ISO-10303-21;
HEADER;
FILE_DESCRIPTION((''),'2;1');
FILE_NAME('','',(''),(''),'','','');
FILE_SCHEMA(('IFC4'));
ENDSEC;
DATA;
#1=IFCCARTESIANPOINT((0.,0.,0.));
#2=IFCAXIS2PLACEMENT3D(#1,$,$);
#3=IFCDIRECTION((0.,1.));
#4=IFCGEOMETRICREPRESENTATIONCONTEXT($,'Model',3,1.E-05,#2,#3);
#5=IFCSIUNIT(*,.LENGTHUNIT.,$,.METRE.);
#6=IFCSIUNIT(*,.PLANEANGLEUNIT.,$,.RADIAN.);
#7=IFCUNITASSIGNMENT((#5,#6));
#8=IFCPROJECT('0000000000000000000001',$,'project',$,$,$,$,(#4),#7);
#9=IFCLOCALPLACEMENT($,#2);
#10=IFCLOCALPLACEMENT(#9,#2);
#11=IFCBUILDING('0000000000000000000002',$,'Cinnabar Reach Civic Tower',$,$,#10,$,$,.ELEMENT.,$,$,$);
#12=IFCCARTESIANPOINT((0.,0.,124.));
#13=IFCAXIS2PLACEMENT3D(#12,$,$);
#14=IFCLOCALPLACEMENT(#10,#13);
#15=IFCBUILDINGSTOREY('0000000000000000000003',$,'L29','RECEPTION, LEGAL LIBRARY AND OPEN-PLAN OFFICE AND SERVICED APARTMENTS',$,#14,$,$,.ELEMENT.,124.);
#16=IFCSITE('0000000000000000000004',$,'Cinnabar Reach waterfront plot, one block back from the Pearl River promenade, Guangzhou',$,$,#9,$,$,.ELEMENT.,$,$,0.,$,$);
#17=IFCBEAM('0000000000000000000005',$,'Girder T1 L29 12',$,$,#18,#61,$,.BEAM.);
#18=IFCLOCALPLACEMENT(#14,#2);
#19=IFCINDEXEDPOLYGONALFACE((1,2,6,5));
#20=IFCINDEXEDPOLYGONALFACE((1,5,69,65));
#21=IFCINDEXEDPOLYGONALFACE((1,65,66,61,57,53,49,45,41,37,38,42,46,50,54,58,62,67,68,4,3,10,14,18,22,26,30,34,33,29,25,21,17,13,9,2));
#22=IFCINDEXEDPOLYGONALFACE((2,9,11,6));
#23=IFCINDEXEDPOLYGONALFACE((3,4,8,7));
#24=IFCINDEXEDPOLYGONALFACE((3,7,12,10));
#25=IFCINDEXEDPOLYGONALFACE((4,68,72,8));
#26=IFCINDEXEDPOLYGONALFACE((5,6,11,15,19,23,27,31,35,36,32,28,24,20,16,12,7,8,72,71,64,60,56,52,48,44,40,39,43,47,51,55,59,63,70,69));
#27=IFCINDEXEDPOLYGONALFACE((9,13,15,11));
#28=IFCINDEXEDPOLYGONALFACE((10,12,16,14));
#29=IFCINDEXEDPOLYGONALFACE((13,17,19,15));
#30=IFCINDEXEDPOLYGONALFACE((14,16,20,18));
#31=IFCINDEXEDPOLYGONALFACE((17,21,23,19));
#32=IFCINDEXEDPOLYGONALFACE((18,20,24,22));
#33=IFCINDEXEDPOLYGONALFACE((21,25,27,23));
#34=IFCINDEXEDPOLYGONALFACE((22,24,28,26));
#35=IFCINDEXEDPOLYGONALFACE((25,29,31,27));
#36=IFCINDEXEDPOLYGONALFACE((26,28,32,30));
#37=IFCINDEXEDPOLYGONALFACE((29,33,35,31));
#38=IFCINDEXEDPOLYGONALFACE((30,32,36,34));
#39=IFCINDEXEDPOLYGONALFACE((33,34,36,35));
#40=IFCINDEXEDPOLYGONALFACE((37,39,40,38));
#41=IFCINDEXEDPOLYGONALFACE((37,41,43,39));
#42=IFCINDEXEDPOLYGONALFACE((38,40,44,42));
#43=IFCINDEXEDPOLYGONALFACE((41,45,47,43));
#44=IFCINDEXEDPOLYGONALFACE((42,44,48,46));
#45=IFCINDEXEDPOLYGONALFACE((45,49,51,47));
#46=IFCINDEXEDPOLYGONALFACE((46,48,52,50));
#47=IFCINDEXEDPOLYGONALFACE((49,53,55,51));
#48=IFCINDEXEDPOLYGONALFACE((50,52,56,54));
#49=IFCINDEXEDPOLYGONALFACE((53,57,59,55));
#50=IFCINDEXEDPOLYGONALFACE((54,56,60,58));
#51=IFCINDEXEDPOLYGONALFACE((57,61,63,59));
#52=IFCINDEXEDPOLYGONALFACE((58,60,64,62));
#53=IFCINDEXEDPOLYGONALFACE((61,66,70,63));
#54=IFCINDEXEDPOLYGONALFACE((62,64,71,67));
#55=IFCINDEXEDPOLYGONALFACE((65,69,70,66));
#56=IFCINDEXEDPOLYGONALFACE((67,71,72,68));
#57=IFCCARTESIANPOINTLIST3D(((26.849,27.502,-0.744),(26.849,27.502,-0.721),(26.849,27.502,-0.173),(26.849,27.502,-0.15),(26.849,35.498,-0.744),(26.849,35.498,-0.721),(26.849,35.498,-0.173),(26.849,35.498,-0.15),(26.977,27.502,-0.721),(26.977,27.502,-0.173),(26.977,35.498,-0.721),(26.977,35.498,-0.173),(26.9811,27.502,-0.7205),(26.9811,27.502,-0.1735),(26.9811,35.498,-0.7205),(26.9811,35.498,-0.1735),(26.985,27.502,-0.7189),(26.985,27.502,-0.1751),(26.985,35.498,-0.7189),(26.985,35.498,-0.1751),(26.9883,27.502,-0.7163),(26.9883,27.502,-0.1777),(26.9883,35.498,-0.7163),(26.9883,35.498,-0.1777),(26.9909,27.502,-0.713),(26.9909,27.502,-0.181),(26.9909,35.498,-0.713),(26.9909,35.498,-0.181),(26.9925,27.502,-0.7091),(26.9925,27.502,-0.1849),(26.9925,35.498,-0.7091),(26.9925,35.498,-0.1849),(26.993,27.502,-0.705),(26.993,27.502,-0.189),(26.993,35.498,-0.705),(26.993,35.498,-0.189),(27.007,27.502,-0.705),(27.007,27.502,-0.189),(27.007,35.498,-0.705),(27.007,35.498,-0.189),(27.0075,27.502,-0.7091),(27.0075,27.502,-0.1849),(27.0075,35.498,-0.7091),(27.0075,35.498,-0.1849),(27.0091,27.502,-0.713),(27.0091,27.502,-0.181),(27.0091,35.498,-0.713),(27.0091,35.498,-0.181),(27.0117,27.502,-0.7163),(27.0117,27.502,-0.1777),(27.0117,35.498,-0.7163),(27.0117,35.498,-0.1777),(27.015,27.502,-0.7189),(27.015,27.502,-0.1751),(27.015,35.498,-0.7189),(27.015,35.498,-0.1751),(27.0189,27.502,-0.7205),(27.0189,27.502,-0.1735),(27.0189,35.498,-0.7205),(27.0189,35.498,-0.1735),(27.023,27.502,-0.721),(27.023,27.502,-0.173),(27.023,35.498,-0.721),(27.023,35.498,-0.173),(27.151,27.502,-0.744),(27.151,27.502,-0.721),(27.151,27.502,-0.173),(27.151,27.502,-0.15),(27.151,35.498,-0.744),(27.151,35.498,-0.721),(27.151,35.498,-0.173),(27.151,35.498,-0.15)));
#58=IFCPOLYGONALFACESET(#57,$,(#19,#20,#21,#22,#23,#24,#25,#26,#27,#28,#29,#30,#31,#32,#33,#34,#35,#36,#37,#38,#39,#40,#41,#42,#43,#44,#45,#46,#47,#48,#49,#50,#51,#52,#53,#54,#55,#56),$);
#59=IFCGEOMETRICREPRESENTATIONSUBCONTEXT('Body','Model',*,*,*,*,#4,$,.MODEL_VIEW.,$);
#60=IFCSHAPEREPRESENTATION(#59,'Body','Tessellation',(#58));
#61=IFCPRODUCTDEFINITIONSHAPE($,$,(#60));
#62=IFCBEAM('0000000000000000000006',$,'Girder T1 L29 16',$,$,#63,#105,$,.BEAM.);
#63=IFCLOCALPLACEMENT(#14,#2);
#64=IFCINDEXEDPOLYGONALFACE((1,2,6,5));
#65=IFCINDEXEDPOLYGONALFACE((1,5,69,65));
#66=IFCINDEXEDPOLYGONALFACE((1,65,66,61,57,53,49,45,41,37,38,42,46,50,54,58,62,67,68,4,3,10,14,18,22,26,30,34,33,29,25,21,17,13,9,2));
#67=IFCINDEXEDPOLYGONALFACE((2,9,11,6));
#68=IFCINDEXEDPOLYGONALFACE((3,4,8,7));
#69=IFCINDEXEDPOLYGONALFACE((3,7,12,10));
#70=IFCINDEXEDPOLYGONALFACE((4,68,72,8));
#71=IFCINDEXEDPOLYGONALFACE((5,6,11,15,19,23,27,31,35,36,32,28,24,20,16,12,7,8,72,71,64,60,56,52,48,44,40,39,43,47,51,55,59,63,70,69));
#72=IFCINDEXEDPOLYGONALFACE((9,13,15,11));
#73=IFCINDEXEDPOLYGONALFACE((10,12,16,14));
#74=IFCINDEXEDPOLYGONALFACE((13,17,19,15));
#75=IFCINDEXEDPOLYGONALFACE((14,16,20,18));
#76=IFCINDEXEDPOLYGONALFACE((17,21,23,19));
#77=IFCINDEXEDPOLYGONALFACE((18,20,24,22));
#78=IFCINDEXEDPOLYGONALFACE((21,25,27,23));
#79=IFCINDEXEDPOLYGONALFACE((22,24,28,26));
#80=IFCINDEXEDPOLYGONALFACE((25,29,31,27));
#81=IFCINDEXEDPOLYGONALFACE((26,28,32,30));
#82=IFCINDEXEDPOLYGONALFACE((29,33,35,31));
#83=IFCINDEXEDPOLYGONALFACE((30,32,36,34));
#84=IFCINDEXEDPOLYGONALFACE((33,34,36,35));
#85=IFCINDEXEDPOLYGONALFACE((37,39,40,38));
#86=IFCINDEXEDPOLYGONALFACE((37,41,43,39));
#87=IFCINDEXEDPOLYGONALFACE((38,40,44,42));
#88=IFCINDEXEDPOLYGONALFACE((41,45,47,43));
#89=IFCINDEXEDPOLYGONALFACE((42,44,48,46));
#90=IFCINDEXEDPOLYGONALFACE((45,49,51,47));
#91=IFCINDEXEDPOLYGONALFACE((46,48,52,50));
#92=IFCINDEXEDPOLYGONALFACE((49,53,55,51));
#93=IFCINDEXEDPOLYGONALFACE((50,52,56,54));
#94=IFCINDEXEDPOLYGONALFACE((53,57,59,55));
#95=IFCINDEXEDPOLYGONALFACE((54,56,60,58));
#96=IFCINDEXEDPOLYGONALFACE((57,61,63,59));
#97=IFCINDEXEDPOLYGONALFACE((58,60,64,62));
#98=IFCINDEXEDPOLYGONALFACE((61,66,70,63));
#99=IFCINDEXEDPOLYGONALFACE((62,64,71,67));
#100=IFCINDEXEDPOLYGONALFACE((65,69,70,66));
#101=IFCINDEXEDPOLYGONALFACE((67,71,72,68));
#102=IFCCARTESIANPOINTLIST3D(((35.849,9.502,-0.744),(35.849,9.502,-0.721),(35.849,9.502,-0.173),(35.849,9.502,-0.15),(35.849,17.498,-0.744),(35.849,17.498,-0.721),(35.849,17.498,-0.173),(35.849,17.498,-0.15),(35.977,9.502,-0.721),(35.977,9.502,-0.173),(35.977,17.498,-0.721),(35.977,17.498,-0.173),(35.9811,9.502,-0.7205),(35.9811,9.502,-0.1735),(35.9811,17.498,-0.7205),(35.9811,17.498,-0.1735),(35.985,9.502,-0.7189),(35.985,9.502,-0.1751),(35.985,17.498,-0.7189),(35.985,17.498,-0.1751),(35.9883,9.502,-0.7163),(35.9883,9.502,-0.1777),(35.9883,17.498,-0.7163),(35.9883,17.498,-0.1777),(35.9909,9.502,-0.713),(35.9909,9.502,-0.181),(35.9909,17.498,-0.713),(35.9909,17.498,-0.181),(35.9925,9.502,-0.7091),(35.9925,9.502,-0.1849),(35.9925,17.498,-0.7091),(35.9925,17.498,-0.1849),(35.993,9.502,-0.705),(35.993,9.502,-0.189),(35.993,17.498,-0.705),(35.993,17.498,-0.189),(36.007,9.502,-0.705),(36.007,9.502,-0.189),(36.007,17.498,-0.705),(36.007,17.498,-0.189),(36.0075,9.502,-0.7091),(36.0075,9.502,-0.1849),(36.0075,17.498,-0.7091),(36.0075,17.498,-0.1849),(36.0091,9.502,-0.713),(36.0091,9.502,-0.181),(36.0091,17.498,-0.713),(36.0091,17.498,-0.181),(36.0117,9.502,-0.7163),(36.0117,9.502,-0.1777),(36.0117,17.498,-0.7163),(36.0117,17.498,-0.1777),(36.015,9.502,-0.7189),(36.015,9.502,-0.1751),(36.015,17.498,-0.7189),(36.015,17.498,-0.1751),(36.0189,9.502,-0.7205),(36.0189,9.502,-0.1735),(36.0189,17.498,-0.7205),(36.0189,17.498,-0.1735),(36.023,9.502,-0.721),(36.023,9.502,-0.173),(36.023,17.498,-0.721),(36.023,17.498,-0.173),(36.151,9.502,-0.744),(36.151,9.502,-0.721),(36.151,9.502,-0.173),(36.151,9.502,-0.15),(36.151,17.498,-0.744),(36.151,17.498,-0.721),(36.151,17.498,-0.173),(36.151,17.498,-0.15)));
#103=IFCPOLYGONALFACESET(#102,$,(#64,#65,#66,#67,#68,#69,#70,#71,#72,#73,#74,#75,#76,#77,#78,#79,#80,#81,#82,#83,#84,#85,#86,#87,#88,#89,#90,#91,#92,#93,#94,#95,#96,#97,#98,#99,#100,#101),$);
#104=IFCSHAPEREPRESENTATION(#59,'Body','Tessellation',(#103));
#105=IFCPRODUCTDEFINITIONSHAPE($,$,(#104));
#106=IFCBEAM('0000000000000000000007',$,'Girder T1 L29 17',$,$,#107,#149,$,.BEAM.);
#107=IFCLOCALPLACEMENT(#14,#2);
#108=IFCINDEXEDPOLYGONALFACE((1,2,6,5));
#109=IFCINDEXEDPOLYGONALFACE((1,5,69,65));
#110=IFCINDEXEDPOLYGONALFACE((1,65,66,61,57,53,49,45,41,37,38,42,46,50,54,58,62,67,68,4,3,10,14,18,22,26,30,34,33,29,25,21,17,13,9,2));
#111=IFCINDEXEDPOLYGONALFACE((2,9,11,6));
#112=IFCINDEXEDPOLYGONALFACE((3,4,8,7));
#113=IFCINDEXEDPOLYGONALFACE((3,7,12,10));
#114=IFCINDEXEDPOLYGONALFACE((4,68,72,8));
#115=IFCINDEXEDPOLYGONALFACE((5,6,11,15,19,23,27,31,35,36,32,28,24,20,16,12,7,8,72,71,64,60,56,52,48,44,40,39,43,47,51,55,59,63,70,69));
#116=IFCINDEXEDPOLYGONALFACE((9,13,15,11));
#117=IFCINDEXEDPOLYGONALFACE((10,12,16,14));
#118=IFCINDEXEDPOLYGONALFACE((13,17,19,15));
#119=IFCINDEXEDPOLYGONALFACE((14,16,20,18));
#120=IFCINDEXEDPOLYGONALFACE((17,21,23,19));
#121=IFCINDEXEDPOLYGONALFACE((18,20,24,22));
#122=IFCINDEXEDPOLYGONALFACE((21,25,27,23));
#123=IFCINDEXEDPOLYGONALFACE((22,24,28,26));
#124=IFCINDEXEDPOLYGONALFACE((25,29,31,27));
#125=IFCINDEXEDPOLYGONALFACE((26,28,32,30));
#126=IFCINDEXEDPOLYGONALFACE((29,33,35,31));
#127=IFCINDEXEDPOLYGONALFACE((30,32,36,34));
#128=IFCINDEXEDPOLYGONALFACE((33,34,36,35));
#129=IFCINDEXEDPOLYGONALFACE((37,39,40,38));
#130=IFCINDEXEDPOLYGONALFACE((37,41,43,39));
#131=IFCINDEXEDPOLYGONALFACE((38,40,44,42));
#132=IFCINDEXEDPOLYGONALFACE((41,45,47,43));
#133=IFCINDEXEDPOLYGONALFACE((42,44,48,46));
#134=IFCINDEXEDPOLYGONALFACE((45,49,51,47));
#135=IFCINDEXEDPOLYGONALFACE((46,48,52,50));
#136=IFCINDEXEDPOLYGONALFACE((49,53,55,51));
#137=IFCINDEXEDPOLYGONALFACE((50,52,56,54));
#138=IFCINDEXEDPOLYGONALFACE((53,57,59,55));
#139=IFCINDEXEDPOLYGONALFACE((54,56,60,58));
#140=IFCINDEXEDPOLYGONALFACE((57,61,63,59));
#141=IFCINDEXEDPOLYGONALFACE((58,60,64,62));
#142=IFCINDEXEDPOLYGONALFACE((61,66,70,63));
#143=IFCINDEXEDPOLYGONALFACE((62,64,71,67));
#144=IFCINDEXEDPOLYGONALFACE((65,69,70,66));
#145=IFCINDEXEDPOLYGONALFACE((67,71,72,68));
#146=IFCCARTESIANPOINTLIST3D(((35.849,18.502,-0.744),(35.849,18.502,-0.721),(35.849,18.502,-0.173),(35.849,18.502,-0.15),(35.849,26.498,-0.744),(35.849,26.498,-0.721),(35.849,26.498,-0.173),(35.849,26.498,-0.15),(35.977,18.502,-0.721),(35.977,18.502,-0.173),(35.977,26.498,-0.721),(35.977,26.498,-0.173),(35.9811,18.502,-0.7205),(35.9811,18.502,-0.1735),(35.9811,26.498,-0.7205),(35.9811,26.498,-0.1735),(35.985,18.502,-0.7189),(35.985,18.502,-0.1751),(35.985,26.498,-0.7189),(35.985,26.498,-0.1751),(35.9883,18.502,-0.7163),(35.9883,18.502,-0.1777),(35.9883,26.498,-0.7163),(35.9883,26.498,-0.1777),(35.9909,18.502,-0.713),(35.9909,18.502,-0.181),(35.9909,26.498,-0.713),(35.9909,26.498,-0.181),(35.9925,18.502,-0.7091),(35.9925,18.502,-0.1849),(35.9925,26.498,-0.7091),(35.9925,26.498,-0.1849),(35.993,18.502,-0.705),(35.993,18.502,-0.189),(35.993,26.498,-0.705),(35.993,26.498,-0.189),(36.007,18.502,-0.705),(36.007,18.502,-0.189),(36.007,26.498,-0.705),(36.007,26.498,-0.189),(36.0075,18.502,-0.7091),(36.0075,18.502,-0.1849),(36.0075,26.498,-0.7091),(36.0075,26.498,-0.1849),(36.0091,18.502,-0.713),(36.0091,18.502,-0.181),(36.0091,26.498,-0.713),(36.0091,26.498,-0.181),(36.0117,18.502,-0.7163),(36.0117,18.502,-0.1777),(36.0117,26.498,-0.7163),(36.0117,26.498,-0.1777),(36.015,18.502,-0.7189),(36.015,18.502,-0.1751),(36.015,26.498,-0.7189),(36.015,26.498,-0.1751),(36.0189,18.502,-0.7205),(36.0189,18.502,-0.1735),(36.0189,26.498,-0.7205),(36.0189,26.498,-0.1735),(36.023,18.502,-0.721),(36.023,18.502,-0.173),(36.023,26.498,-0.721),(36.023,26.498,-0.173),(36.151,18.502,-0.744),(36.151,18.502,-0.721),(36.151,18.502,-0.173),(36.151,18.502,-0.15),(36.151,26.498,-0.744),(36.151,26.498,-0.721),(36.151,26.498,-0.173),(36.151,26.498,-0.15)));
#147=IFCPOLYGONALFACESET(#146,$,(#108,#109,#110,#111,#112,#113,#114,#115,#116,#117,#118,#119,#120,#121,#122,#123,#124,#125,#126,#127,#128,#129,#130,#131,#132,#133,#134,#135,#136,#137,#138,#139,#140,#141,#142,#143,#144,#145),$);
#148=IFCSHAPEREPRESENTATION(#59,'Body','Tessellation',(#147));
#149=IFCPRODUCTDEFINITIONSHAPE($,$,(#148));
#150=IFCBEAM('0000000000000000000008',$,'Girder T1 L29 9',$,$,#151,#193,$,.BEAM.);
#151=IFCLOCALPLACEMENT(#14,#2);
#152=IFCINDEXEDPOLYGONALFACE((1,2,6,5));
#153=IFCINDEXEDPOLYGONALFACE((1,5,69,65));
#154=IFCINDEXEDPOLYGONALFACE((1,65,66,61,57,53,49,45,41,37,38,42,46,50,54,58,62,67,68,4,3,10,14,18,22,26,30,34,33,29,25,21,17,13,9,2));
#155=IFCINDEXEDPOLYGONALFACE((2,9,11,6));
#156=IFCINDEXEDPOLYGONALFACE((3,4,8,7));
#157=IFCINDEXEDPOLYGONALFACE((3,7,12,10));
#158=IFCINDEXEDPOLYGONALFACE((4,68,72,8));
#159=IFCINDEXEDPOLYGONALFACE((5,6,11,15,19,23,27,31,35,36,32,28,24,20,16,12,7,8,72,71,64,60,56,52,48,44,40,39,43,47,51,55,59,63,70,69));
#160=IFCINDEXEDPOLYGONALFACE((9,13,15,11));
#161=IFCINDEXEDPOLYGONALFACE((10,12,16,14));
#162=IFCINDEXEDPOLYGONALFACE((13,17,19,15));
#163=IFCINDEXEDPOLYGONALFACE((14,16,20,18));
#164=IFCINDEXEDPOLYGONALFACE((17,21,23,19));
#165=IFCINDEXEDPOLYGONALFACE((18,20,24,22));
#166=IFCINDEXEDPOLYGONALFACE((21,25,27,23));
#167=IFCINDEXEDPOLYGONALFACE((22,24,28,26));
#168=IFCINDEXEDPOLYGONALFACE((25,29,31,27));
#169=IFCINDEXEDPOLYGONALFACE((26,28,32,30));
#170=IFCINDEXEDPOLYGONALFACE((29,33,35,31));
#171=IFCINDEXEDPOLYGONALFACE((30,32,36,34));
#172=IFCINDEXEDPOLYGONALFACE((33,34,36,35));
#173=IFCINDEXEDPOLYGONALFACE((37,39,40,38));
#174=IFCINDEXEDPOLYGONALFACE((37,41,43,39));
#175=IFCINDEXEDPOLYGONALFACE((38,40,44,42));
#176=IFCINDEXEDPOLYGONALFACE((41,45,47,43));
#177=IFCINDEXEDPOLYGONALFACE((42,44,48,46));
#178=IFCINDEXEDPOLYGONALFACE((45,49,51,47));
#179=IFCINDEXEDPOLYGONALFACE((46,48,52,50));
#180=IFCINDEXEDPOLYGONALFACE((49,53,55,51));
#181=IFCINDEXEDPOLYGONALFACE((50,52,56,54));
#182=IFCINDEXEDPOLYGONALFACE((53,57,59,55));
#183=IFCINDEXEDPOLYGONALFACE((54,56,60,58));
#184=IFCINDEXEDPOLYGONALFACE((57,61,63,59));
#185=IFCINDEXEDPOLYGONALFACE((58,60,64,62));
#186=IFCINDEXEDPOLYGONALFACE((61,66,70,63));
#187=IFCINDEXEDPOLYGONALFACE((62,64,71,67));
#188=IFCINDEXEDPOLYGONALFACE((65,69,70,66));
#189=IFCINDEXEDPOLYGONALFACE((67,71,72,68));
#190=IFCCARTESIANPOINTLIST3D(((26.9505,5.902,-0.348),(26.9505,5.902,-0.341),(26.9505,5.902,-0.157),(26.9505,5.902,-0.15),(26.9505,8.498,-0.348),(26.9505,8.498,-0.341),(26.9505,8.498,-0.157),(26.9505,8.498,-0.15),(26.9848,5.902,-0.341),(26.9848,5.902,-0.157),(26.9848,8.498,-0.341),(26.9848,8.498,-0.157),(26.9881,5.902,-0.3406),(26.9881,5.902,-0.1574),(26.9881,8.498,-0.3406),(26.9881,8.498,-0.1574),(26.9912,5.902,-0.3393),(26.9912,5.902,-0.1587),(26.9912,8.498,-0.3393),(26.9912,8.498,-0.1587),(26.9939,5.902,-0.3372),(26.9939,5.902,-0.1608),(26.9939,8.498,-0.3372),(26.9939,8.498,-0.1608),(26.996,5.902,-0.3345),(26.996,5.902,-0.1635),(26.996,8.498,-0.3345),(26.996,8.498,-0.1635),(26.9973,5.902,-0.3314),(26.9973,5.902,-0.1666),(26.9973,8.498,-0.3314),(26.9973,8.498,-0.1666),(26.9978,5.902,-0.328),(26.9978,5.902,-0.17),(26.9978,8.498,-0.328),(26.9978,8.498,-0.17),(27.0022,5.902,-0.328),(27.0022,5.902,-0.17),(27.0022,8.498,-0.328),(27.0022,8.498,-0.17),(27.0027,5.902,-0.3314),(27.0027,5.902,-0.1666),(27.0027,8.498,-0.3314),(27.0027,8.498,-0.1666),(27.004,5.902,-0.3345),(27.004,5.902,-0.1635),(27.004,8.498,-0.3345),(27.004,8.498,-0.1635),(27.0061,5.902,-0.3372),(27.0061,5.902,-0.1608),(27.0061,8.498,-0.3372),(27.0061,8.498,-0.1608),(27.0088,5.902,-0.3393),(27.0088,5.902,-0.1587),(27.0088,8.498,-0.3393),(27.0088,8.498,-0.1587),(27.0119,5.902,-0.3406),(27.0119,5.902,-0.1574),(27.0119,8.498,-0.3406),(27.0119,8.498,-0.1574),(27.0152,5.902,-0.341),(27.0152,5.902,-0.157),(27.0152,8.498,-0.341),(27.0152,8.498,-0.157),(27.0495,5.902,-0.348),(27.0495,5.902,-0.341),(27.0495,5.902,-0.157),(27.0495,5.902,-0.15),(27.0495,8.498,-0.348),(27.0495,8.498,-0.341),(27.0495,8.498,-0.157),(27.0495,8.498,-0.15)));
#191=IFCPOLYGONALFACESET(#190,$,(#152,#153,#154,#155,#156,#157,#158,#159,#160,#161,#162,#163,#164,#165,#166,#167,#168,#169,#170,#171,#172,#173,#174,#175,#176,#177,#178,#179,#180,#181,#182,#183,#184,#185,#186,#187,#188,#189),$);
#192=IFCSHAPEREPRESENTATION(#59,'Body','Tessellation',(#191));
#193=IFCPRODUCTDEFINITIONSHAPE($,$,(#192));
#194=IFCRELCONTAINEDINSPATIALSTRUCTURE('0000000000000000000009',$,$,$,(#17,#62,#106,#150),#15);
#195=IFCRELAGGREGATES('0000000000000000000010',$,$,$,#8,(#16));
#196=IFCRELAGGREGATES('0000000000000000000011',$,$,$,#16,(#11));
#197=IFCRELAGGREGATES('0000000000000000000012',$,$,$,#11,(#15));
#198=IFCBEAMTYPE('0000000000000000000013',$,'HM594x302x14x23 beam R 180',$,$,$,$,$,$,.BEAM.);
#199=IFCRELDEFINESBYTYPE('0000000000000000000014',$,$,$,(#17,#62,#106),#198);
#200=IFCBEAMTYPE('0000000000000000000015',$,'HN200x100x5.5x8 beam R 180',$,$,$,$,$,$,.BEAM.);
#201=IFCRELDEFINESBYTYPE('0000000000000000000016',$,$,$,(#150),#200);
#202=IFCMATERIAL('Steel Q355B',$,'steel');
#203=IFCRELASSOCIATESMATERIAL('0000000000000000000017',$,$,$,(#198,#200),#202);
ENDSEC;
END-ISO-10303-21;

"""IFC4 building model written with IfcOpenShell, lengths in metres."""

from ifc_helpers import new_model, si_unit, direction, frame, origin, origin_2d, place, context, subcontext, project, spatial, i_section, extrude, material, material_profile, profile_set, type_object, element, save


model = new_model("IFC4")

# Units and contexts
model_context = context("Model", 3, precision=1e-05, world=origin(), true_north=direction((0.0, 1.0)))
body_context = subcontext(model_context, "Body", "Model", "MODEL_VIEW")
ifc_project = project(units=[si_unit("LENGTHUNIT", "METRE"), si_unit("PLANEANGLEUNIT", "RADIAN")], contexts=[model_context])

# Site, building, storey
site_placement = place(None, origin())
site = spatial("IfcSite", under=ifc_project, at=site_placement, Name="Cinnabar Reach waterfront plot, one block back from the Pearl River promenade, Guangzhou", CompositionType="ELEMENT", RefElevation=0.0)
building_placement = place(site_placement, origin())
building = spatial("IfcBuilding", under=site, at=building_placement, Name="Cinnabar Reach Civic Tower", CompositionType="ELEMENT")
storey_placement = place(building_placement, frame((0.0, 0.0, 124.0)))
storey = spatial("IfcBuildingStorey", under=building, at=storey_placement, Name="L29", Description="RECEPTION, LEGAL LIBRARY AND OPEN-PLAN OFFICE AND SERVICED APARTMENTS", CompositionType="ELEMENT", Elevation=124.0)

# Beams
ifc_material_1 = material(Name="Steel Q355B", Category="steel")
ifc_material_profile_1 = material_profile(ifc_material_1, i_section(OverallWidth=0.302, OverallDepth=0.594, WebThickness=0.014, FlangeThickness=0.023, FilletRadius=0.016, at=origin_2d()), Name="HM594x302x14x23")
ifc_profile_set_1 = profile_set([ifc_material_profile_1], Name="Steel Q355B")
beam_type_1 = type_object("IfcBeamType", Name="HM594x302x14x23 beam R 180", PredefinedType="BEAM", material=ifc_profile_set_1)
for number, where, z_axis, x_axis, name in (
    (1, (27.0, 27.502, -0.447), (0.0, 1.0, 0.0), (-1.0, 0.0, 0.0), "Girder T1 L29 12"),
    (2, (36.0, 9.502, -0.447), (0.0, 1.0, 0.0), (-1.0, 0.0, 0.0), "Girder T1 L29 16"),
    (3, (36.0, 18.502, -0.447), (0.0, 1.0, 0.0), (-1.0, 0.0, 0.0), "Girder T1 L29 17"),
):
    element("IfcBeam", number, at=place(storey_placement, frame(where, z_axis=z_axis, x_axis=x_axis)), inside=storey, type_object=beam_type_1, Name=name, PredefinedType="BEAM", context=body_context, shape_type="SweptSolid", body=[
        extrude(i_section(OverallWidth=0.302, OverallDepth=0.594, WebThickness=0.014, FlangeThickness=0.023, FilletRadius=0.016, at=origin_2d()), origin(), (0.0, 0.0, 1.0), 7.996),
    ])
ifc_material_profile_2 = material_profile(ifc_material_1, i_section(OverallWidth=0.099, OverallDepth=0.198, WebThickness=0.0045, FlangeThickness=0.007, FilletRadius=0.013, at=origin_2d()), Name="HN200x100x5.5x8")
ifc_profile_set_2 = profile_set([ifc_material_profile_2], Name="Steel Q355B")
beam_type_2 = type_object("IfcBeamType", Name="HN200x100x5.5x8 beam R 180", PredefinedType="BEAM", material=ifc_profile_set_2)
for number, where, z_axis, x_axis, name in (
    (4, (27.0, 5.902, -0.249), (0.0, 1.0, 0.0), (-1.0, 0.0, 0.0), "Girder T1 L29 9"),
):
    element("IfcBeam", number, at=place(storey_placement, frame(where, z_axis=z_axis, x_axis=x_axis)), inside=storey, type_object=beam_type_2, Name=name, PredefinedType="BEAM", context=body_context, shape_type="SweptSolid", body=[
        extrude(i_section(OverallWidth=0.099, OverallDepth=0.198, WebThickness=0.0045, FlangeThickness=0.007, FilletRadius=0.013, at=origin_2d()), origin(), (0.0, 0.0, 1.0), 2.596),
    ])

save(model, "model.ifc")
